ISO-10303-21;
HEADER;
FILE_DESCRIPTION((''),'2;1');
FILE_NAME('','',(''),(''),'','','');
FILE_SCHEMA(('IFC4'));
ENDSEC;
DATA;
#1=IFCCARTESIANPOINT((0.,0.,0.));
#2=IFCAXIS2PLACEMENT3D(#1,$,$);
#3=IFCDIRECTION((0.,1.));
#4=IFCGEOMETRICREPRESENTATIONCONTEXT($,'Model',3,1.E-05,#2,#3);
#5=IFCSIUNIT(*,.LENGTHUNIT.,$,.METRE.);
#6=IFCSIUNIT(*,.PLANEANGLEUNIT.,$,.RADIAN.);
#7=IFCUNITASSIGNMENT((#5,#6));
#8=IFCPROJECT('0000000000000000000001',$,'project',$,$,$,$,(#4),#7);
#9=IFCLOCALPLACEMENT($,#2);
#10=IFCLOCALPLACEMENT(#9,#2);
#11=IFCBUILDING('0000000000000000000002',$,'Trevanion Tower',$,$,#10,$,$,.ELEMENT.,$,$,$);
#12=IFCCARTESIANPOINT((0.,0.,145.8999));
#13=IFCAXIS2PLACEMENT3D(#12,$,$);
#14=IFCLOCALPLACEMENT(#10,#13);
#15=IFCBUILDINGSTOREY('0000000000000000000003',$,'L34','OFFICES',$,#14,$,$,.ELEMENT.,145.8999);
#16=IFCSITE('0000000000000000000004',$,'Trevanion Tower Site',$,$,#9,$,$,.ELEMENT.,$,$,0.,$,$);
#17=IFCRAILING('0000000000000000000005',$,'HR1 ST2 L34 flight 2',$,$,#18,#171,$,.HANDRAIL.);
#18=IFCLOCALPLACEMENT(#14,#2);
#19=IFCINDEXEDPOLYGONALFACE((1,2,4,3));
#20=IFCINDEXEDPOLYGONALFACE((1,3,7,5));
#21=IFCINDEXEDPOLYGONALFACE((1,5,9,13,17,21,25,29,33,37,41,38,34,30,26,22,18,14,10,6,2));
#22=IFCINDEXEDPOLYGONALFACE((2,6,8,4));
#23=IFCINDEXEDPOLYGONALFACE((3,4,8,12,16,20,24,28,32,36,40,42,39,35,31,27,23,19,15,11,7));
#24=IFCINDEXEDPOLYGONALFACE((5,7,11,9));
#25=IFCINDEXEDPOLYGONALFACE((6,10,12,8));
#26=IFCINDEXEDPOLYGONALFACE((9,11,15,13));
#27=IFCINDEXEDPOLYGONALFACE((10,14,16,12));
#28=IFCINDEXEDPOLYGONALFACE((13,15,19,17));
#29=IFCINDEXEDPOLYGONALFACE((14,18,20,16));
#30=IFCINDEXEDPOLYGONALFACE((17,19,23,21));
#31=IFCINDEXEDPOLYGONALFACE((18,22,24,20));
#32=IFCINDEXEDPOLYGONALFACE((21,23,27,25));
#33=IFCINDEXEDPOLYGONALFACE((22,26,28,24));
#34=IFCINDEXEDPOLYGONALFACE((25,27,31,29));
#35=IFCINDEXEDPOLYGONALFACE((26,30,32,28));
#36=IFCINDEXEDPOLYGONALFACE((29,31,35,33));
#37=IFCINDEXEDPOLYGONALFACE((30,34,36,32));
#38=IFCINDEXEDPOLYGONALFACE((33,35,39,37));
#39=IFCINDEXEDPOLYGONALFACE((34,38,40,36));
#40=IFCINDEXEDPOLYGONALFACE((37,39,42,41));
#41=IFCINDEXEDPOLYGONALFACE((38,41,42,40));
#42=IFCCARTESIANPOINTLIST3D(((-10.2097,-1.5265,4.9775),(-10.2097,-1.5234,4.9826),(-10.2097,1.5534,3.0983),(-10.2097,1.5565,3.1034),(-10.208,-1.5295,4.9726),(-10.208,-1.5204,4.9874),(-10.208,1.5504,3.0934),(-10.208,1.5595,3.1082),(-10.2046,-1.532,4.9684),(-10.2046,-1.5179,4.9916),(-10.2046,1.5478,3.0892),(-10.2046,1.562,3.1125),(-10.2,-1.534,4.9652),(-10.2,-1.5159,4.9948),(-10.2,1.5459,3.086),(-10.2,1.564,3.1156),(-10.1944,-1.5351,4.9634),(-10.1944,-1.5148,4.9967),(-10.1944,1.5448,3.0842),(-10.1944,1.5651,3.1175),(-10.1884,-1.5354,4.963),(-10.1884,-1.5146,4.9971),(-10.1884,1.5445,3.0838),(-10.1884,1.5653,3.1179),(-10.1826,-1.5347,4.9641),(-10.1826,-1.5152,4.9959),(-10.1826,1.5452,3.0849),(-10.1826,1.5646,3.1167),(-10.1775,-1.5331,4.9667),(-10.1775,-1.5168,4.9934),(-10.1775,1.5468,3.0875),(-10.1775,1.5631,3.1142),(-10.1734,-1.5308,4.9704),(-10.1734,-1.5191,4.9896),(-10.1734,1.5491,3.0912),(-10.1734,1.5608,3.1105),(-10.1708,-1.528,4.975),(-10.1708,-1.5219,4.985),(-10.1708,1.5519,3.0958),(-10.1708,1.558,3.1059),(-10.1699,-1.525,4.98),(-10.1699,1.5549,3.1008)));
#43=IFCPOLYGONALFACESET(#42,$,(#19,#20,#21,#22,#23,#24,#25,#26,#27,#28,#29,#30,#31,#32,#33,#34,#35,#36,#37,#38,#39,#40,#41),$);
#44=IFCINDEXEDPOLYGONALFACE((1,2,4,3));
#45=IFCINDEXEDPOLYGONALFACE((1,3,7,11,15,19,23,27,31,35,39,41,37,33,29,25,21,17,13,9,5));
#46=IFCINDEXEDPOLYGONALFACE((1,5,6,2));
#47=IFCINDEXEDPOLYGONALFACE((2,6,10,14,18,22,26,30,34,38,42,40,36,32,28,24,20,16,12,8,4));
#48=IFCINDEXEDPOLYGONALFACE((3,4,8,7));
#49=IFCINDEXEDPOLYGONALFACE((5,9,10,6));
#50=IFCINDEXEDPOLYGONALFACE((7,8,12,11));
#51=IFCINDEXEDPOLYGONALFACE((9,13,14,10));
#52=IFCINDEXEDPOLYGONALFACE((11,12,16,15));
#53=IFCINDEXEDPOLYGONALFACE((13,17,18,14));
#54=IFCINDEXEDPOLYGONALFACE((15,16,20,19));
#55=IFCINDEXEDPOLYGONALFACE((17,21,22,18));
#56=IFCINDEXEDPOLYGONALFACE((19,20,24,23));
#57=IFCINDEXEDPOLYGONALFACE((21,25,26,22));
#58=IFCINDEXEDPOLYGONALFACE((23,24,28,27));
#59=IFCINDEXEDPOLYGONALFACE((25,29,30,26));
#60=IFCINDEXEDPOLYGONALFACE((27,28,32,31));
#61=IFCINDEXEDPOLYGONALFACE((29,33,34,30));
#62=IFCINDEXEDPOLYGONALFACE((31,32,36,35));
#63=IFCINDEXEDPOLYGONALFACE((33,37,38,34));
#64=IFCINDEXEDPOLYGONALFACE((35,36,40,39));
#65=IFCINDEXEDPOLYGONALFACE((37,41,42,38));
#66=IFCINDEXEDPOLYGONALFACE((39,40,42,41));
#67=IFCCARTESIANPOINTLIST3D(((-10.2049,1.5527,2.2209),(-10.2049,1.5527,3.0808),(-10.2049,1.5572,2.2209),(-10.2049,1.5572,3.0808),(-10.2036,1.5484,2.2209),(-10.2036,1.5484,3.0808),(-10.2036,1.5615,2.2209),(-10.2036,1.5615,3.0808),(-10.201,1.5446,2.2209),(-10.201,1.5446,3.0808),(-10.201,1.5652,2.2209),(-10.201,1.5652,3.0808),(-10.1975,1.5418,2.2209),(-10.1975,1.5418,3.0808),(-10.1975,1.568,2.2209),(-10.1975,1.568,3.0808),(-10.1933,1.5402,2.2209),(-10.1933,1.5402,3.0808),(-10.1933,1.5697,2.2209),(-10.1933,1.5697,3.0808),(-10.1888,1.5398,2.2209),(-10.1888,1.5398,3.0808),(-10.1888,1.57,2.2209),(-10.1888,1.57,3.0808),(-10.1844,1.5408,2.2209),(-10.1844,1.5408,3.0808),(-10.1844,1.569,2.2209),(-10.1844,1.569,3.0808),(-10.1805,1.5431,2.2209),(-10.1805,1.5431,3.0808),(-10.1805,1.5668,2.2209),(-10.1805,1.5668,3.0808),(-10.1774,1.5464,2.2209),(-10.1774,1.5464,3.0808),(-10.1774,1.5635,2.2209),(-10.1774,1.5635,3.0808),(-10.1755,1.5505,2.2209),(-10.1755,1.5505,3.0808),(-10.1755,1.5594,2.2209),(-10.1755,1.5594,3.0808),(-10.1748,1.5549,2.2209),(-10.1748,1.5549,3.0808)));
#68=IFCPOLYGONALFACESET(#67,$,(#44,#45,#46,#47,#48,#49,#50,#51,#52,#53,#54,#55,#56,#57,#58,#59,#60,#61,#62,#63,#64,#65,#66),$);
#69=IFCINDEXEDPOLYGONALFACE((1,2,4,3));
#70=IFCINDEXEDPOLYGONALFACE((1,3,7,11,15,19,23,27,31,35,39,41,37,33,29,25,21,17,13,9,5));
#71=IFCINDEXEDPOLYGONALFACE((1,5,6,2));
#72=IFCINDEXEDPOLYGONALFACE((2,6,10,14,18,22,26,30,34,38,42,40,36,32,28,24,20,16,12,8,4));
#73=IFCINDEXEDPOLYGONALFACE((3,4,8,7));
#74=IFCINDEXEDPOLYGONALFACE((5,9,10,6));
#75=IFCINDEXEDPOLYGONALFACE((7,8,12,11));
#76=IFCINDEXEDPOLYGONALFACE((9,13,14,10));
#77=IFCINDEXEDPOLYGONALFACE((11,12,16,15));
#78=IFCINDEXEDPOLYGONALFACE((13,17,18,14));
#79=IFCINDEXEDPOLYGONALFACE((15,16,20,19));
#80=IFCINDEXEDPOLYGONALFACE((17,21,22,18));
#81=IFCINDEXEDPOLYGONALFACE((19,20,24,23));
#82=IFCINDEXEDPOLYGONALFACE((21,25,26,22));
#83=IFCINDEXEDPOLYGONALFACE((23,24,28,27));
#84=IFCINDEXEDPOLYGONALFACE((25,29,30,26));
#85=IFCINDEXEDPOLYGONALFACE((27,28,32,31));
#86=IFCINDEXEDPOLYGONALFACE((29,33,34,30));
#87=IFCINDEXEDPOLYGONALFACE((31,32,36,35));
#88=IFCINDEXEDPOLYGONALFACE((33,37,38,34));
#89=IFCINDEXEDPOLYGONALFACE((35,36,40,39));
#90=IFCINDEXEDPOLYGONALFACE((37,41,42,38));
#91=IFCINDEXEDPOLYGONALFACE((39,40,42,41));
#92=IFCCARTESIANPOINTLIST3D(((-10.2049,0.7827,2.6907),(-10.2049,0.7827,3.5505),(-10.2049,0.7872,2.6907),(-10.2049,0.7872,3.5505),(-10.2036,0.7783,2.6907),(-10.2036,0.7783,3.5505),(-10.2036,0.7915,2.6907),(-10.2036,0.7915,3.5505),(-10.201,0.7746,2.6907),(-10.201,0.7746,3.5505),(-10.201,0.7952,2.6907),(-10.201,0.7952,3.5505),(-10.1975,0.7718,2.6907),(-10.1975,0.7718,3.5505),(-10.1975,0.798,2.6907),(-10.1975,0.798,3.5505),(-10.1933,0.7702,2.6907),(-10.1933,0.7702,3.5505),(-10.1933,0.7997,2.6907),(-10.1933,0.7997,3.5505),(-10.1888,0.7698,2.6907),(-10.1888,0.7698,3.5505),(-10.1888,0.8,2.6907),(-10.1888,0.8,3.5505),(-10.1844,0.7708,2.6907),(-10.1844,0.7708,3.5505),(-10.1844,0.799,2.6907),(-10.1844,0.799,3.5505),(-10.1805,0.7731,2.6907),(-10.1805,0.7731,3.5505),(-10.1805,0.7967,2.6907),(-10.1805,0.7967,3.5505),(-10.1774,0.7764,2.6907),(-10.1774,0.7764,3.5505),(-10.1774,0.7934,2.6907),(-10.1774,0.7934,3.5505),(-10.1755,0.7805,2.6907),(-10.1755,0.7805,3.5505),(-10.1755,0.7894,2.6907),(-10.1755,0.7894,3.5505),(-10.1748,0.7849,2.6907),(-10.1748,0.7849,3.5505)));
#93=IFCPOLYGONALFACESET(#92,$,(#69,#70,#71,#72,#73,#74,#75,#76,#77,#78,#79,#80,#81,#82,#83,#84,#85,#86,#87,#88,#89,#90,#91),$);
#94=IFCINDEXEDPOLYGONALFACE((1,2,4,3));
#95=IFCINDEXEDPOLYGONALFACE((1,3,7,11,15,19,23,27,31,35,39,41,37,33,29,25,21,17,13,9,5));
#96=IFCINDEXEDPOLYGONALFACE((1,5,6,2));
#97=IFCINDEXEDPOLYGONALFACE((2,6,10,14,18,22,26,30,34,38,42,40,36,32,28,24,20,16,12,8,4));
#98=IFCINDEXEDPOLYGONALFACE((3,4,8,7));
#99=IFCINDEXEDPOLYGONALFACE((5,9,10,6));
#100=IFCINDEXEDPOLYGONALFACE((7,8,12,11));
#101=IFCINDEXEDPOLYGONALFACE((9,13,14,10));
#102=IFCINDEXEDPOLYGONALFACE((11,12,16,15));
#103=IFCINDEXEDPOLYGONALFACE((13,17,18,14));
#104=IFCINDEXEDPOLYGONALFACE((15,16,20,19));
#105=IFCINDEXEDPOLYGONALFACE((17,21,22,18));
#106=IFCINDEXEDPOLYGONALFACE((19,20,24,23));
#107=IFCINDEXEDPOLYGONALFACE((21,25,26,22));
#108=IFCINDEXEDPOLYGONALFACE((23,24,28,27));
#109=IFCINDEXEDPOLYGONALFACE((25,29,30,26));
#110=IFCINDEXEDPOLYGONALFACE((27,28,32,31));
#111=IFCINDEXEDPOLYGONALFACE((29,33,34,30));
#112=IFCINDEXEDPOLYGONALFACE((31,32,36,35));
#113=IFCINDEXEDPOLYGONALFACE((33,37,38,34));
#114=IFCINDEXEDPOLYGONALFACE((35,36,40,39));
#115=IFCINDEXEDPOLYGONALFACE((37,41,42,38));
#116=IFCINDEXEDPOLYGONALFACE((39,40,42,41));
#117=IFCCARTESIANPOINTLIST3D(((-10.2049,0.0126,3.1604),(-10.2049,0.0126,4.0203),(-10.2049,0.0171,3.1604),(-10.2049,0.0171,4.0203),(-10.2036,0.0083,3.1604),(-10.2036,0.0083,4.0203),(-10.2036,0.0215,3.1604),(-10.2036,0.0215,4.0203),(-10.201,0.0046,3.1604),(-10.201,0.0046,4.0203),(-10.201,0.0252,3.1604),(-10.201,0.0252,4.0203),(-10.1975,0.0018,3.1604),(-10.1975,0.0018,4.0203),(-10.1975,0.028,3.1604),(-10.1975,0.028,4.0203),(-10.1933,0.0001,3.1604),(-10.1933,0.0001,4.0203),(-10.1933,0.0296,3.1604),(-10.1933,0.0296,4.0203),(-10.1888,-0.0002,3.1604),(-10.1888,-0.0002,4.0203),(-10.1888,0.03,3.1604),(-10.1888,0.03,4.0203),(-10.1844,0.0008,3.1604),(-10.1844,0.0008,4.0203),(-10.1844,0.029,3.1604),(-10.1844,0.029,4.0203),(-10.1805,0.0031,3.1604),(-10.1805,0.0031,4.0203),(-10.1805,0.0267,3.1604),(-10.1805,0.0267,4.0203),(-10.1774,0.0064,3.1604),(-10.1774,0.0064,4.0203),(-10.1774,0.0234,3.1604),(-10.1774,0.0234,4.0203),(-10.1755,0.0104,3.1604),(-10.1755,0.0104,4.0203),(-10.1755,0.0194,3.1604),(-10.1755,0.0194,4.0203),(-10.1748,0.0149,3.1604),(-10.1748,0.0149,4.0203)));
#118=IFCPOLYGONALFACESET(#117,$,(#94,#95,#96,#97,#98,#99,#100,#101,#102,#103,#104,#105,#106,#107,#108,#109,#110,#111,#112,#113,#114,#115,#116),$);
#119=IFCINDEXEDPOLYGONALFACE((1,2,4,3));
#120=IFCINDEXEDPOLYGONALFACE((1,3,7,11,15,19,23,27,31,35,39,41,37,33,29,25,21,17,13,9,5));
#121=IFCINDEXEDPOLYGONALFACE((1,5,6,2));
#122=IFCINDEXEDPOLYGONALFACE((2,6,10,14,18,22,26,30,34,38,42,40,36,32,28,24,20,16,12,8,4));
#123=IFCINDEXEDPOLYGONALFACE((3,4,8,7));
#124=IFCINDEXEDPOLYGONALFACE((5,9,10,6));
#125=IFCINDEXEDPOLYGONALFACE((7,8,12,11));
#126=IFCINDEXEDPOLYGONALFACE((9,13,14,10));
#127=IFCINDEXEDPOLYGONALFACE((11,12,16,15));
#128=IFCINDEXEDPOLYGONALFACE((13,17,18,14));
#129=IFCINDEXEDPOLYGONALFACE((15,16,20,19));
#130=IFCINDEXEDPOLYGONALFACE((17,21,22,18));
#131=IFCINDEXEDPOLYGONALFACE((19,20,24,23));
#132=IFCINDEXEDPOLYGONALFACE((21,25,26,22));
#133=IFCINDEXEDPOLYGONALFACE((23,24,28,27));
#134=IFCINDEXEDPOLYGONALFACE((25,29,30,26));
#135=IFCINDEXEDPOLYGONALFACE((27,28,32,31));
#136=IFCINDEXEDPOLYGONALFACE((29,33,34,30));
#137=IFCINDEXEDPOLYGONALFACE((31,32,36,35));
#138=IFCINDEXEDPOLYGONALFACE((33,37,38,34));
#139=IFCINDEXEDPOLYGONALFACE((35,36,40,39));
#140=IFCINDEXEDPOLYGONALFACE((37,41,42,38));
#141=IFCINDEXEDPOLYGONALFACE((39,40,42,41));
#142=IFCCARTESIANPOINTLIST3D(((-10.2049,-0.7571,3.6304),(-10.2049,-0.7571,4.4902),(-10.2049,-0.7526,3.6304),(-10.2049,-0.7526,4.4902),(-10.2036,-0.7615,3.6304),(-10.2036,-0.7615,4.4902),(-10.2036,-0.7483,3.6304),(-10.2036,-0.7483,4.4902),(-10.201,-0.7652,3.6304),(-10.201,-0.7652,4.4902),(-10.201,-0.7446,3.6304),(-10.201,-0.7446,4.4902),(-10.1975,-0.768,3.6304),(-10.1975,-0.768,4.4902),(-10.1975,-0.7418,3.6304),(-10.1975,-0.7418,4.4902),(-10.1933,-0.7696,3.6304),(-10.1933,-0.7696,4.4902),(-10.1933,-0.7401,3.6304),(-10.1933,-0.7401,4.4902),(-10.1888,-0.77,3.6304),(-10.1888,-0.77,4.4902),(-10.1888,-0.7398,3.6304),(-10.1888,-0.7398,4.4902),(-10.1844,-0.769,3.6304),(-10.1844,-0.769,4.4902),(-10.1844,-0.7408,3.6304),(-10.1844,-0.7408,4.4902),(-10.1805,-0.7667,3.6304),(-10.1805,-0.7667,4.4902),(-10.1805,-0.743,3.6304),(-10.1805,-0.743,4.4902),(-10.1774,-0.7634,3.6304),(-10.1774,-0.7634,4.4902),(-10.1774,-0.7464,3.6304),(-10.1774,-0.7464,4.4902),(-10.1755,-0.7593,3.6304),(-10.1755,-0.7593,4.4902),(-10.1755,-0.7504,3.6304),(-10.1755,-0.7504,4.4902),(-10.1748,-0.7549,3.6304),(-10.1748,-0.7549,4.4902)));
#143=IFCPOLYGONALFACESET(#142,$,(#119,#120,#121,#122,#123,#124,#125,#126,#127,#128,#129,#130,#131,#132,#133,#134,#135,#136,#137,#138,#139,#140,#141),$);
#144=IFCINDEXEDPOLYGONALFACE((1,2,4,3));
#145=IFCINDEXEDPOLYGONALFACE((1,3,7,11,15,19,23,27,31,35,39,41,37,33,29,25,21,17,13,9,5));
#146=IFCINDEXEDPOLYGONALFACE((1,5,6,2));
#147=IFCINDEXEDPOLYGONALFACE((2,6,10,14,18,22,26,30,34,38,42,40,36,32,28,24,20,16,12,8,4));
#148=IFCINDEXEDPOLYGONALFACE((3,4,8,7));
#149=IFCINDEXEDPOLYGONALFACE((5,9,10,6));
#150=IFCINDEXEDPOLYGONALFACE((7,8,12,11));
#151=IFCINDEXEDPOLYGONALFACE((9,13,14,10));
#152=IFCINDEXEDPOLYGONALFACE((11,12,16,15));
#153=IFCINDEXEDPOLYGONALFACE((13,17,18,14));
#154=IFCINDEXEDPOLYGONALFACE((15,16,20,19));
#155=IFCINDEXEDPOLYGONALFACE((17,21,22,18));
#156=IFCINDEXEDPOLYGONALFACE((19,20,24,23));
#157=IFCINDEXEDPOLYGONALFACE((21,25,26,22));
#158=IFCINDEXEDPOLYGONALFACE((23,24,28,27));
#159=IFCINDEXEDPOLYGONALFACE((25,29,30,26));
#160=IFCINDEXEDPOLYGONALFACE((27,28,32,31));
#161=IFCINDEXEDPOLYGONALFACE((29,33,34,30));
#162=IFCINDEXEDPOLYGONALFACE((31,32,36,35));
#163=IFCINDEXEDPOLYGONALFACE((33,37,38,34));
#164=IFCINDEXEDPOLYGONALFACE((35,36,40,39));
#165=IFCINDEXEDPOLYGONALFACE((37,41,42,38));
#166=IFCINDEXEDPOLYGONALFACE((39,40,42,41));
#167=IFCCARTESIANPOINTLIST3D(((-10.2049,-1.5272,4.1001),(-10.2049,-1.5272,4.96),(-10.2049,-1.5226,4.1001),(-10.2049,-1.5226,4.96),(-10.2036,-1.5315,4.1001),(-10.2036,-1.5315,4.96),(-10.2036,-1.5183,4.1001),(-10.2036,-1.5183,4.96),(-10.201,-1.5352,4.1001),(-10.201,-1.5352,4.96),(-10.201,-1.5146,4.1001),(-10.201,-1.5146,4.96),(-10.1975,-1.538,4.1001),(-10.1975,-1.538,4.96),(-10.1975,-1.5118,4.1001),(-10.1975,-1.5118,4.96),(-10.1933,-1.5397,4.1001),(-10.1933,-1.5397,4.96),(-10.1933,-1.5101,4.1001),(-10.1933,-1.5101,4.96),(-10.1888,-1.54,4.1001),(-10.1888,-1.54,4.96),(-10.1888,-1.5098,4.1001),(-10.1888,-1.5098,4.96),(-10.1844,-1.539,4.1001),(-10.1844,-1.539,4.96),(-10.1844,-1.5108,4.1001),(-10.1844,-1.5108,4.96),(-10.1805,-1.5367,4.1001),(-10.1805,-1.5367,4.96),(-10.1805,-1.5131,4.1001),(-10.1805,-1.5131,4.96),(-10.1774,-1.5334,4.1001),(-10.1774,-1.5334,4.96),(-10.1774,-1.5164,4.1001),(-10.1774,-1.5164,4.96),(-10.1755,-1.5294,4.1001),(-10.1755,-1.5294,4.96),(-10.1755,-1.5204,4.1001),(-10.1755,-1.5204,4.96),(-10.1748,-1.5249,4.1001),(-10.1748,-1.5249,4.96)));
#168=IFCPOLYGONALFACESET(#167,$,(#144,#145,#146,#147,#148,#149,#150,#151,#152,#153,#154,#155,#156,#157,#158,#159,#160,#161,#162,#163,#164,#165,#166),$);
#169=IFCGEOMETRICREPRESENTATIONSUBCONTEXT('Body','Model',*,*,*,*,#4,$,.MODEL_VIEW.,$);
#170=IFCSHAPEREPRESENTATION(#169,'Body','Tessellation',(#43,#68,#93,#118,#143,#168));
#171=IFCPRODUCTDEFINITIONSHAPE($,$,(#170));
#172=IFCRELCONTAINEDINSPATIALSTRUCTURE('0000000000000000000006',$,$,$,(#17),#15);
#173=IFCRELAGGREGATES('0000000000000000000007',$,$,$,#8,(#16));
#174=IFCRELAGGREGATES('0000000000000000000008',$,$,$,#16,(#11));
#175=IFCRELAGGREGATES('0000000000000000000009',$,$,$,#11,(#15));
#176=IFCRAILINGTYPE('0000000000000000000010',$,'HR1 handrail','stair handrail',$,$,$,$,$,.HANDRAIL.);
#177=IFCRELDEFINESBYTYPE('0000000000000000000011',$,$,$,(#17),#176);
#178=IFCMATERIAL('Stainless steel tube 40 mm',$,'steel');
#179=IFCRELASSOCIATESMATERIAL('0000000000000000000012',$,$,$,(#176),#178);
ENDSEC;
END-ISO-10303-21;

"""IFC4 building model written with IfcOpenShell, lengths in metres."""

from ifc_helpers import new_model, si_unit, direction, frame, origin, origin_2d, place, context, subcontext, project, spatial, circle, extrude, material, type_object, element, save


model = new_model("IFC4")

# Units and contexts
model_context = context("Model", 3, precision=1e-05, world=origin(), true_north=direction((0.0, 1.0)))
body_context = subcontext(model_context, "Body", "Model", "MODEL_VIEW")
ifc_project = project(units=[si_unit("LENGTHUNIT", "METRE"), si_unit("PLANEANGLEUNIT", "RADIAN")], contexts=[model_context])

# Site, building, storey
site_placement = place(None, origin())
site = spatial("IfcSite", under=ifc_project, at=site_placement, Name="Trevanion Tower Site", CompositionType="ELEMENT", RefElevation=0.0)
building_placement = place(site_placement, origin())
building = spatial("IfcBuilding", under=site, at=building_placement, Name="Trevanion Tower", CompositionType="ELEMENT")
storey_placement = place(building_placement, frame((0.0, 0.0, 145.8999)))
storey = spatial("IfcBuildingStorey", under=building, at=storey_placement, Name="L34", Description="OFFICES", CompositionType="ELEMENT", Elevation=145.8999)

# Railing
ifc_material_1 = material(Name="Stainless steel tube 40 mm", Category="steel")
railing_type = type_object("IfcRailingType", Name="HR1 handrail", Description="stair handrail", PredefinedType="HANDRAIL", material=ifc_material_1)
for number, where, name in (
    (1, (-10.1899, 1.5549, 2.2209), "HR1 ST2 L34 flight 2"),
):
    element("IfcRailing", number, at=place(storey_placement, frame(where)), inside=storey, type_object=railing_type, Name=name, PredefinedType="HANDRAIL", context=body_context, shape_type="SweptSolid", body=[
        extrude(circle(Radius=0.02, at=origin_2d()), frame((0.0, 0.0, 0.8799), z_axis=(0.0, -0.853648, 0.52085), x_axis=(1.0, 0.0, 0.0)), (0.0, 0.0, 1.0), 3.6079),
        extrude(circle(Radius=0.0151, at=origin_2d()), origin(), (0.0, 0.0, 1.0), 0.8599),
        extrude(circle(Radius=0.0151, at=origin_2d()), frame((0.0, -0.77, 0.4697)), (0.0, 0.0, 1.0), 0.8599),
        extrude(circle(Radius=0.0151, at=origin_2d()), frame((0.0, -1.54, 0.9395)), (0.0, 0.0, 1.0), 0.8599),
        extrude(circle(Radius=0.0151, at=origin_2d()), frame((0.0, -2.3098, 1.4094)), (0.0, 0.0, 1.0), 0.8599),
        extrude(circle(Radius=0.0151, at=origin_2d()), frame((0.0, -3.0798, 1.8792)), (0.0, 0.0, 1.0), 0.8599),
    ])

save(model, "model.ifc")
